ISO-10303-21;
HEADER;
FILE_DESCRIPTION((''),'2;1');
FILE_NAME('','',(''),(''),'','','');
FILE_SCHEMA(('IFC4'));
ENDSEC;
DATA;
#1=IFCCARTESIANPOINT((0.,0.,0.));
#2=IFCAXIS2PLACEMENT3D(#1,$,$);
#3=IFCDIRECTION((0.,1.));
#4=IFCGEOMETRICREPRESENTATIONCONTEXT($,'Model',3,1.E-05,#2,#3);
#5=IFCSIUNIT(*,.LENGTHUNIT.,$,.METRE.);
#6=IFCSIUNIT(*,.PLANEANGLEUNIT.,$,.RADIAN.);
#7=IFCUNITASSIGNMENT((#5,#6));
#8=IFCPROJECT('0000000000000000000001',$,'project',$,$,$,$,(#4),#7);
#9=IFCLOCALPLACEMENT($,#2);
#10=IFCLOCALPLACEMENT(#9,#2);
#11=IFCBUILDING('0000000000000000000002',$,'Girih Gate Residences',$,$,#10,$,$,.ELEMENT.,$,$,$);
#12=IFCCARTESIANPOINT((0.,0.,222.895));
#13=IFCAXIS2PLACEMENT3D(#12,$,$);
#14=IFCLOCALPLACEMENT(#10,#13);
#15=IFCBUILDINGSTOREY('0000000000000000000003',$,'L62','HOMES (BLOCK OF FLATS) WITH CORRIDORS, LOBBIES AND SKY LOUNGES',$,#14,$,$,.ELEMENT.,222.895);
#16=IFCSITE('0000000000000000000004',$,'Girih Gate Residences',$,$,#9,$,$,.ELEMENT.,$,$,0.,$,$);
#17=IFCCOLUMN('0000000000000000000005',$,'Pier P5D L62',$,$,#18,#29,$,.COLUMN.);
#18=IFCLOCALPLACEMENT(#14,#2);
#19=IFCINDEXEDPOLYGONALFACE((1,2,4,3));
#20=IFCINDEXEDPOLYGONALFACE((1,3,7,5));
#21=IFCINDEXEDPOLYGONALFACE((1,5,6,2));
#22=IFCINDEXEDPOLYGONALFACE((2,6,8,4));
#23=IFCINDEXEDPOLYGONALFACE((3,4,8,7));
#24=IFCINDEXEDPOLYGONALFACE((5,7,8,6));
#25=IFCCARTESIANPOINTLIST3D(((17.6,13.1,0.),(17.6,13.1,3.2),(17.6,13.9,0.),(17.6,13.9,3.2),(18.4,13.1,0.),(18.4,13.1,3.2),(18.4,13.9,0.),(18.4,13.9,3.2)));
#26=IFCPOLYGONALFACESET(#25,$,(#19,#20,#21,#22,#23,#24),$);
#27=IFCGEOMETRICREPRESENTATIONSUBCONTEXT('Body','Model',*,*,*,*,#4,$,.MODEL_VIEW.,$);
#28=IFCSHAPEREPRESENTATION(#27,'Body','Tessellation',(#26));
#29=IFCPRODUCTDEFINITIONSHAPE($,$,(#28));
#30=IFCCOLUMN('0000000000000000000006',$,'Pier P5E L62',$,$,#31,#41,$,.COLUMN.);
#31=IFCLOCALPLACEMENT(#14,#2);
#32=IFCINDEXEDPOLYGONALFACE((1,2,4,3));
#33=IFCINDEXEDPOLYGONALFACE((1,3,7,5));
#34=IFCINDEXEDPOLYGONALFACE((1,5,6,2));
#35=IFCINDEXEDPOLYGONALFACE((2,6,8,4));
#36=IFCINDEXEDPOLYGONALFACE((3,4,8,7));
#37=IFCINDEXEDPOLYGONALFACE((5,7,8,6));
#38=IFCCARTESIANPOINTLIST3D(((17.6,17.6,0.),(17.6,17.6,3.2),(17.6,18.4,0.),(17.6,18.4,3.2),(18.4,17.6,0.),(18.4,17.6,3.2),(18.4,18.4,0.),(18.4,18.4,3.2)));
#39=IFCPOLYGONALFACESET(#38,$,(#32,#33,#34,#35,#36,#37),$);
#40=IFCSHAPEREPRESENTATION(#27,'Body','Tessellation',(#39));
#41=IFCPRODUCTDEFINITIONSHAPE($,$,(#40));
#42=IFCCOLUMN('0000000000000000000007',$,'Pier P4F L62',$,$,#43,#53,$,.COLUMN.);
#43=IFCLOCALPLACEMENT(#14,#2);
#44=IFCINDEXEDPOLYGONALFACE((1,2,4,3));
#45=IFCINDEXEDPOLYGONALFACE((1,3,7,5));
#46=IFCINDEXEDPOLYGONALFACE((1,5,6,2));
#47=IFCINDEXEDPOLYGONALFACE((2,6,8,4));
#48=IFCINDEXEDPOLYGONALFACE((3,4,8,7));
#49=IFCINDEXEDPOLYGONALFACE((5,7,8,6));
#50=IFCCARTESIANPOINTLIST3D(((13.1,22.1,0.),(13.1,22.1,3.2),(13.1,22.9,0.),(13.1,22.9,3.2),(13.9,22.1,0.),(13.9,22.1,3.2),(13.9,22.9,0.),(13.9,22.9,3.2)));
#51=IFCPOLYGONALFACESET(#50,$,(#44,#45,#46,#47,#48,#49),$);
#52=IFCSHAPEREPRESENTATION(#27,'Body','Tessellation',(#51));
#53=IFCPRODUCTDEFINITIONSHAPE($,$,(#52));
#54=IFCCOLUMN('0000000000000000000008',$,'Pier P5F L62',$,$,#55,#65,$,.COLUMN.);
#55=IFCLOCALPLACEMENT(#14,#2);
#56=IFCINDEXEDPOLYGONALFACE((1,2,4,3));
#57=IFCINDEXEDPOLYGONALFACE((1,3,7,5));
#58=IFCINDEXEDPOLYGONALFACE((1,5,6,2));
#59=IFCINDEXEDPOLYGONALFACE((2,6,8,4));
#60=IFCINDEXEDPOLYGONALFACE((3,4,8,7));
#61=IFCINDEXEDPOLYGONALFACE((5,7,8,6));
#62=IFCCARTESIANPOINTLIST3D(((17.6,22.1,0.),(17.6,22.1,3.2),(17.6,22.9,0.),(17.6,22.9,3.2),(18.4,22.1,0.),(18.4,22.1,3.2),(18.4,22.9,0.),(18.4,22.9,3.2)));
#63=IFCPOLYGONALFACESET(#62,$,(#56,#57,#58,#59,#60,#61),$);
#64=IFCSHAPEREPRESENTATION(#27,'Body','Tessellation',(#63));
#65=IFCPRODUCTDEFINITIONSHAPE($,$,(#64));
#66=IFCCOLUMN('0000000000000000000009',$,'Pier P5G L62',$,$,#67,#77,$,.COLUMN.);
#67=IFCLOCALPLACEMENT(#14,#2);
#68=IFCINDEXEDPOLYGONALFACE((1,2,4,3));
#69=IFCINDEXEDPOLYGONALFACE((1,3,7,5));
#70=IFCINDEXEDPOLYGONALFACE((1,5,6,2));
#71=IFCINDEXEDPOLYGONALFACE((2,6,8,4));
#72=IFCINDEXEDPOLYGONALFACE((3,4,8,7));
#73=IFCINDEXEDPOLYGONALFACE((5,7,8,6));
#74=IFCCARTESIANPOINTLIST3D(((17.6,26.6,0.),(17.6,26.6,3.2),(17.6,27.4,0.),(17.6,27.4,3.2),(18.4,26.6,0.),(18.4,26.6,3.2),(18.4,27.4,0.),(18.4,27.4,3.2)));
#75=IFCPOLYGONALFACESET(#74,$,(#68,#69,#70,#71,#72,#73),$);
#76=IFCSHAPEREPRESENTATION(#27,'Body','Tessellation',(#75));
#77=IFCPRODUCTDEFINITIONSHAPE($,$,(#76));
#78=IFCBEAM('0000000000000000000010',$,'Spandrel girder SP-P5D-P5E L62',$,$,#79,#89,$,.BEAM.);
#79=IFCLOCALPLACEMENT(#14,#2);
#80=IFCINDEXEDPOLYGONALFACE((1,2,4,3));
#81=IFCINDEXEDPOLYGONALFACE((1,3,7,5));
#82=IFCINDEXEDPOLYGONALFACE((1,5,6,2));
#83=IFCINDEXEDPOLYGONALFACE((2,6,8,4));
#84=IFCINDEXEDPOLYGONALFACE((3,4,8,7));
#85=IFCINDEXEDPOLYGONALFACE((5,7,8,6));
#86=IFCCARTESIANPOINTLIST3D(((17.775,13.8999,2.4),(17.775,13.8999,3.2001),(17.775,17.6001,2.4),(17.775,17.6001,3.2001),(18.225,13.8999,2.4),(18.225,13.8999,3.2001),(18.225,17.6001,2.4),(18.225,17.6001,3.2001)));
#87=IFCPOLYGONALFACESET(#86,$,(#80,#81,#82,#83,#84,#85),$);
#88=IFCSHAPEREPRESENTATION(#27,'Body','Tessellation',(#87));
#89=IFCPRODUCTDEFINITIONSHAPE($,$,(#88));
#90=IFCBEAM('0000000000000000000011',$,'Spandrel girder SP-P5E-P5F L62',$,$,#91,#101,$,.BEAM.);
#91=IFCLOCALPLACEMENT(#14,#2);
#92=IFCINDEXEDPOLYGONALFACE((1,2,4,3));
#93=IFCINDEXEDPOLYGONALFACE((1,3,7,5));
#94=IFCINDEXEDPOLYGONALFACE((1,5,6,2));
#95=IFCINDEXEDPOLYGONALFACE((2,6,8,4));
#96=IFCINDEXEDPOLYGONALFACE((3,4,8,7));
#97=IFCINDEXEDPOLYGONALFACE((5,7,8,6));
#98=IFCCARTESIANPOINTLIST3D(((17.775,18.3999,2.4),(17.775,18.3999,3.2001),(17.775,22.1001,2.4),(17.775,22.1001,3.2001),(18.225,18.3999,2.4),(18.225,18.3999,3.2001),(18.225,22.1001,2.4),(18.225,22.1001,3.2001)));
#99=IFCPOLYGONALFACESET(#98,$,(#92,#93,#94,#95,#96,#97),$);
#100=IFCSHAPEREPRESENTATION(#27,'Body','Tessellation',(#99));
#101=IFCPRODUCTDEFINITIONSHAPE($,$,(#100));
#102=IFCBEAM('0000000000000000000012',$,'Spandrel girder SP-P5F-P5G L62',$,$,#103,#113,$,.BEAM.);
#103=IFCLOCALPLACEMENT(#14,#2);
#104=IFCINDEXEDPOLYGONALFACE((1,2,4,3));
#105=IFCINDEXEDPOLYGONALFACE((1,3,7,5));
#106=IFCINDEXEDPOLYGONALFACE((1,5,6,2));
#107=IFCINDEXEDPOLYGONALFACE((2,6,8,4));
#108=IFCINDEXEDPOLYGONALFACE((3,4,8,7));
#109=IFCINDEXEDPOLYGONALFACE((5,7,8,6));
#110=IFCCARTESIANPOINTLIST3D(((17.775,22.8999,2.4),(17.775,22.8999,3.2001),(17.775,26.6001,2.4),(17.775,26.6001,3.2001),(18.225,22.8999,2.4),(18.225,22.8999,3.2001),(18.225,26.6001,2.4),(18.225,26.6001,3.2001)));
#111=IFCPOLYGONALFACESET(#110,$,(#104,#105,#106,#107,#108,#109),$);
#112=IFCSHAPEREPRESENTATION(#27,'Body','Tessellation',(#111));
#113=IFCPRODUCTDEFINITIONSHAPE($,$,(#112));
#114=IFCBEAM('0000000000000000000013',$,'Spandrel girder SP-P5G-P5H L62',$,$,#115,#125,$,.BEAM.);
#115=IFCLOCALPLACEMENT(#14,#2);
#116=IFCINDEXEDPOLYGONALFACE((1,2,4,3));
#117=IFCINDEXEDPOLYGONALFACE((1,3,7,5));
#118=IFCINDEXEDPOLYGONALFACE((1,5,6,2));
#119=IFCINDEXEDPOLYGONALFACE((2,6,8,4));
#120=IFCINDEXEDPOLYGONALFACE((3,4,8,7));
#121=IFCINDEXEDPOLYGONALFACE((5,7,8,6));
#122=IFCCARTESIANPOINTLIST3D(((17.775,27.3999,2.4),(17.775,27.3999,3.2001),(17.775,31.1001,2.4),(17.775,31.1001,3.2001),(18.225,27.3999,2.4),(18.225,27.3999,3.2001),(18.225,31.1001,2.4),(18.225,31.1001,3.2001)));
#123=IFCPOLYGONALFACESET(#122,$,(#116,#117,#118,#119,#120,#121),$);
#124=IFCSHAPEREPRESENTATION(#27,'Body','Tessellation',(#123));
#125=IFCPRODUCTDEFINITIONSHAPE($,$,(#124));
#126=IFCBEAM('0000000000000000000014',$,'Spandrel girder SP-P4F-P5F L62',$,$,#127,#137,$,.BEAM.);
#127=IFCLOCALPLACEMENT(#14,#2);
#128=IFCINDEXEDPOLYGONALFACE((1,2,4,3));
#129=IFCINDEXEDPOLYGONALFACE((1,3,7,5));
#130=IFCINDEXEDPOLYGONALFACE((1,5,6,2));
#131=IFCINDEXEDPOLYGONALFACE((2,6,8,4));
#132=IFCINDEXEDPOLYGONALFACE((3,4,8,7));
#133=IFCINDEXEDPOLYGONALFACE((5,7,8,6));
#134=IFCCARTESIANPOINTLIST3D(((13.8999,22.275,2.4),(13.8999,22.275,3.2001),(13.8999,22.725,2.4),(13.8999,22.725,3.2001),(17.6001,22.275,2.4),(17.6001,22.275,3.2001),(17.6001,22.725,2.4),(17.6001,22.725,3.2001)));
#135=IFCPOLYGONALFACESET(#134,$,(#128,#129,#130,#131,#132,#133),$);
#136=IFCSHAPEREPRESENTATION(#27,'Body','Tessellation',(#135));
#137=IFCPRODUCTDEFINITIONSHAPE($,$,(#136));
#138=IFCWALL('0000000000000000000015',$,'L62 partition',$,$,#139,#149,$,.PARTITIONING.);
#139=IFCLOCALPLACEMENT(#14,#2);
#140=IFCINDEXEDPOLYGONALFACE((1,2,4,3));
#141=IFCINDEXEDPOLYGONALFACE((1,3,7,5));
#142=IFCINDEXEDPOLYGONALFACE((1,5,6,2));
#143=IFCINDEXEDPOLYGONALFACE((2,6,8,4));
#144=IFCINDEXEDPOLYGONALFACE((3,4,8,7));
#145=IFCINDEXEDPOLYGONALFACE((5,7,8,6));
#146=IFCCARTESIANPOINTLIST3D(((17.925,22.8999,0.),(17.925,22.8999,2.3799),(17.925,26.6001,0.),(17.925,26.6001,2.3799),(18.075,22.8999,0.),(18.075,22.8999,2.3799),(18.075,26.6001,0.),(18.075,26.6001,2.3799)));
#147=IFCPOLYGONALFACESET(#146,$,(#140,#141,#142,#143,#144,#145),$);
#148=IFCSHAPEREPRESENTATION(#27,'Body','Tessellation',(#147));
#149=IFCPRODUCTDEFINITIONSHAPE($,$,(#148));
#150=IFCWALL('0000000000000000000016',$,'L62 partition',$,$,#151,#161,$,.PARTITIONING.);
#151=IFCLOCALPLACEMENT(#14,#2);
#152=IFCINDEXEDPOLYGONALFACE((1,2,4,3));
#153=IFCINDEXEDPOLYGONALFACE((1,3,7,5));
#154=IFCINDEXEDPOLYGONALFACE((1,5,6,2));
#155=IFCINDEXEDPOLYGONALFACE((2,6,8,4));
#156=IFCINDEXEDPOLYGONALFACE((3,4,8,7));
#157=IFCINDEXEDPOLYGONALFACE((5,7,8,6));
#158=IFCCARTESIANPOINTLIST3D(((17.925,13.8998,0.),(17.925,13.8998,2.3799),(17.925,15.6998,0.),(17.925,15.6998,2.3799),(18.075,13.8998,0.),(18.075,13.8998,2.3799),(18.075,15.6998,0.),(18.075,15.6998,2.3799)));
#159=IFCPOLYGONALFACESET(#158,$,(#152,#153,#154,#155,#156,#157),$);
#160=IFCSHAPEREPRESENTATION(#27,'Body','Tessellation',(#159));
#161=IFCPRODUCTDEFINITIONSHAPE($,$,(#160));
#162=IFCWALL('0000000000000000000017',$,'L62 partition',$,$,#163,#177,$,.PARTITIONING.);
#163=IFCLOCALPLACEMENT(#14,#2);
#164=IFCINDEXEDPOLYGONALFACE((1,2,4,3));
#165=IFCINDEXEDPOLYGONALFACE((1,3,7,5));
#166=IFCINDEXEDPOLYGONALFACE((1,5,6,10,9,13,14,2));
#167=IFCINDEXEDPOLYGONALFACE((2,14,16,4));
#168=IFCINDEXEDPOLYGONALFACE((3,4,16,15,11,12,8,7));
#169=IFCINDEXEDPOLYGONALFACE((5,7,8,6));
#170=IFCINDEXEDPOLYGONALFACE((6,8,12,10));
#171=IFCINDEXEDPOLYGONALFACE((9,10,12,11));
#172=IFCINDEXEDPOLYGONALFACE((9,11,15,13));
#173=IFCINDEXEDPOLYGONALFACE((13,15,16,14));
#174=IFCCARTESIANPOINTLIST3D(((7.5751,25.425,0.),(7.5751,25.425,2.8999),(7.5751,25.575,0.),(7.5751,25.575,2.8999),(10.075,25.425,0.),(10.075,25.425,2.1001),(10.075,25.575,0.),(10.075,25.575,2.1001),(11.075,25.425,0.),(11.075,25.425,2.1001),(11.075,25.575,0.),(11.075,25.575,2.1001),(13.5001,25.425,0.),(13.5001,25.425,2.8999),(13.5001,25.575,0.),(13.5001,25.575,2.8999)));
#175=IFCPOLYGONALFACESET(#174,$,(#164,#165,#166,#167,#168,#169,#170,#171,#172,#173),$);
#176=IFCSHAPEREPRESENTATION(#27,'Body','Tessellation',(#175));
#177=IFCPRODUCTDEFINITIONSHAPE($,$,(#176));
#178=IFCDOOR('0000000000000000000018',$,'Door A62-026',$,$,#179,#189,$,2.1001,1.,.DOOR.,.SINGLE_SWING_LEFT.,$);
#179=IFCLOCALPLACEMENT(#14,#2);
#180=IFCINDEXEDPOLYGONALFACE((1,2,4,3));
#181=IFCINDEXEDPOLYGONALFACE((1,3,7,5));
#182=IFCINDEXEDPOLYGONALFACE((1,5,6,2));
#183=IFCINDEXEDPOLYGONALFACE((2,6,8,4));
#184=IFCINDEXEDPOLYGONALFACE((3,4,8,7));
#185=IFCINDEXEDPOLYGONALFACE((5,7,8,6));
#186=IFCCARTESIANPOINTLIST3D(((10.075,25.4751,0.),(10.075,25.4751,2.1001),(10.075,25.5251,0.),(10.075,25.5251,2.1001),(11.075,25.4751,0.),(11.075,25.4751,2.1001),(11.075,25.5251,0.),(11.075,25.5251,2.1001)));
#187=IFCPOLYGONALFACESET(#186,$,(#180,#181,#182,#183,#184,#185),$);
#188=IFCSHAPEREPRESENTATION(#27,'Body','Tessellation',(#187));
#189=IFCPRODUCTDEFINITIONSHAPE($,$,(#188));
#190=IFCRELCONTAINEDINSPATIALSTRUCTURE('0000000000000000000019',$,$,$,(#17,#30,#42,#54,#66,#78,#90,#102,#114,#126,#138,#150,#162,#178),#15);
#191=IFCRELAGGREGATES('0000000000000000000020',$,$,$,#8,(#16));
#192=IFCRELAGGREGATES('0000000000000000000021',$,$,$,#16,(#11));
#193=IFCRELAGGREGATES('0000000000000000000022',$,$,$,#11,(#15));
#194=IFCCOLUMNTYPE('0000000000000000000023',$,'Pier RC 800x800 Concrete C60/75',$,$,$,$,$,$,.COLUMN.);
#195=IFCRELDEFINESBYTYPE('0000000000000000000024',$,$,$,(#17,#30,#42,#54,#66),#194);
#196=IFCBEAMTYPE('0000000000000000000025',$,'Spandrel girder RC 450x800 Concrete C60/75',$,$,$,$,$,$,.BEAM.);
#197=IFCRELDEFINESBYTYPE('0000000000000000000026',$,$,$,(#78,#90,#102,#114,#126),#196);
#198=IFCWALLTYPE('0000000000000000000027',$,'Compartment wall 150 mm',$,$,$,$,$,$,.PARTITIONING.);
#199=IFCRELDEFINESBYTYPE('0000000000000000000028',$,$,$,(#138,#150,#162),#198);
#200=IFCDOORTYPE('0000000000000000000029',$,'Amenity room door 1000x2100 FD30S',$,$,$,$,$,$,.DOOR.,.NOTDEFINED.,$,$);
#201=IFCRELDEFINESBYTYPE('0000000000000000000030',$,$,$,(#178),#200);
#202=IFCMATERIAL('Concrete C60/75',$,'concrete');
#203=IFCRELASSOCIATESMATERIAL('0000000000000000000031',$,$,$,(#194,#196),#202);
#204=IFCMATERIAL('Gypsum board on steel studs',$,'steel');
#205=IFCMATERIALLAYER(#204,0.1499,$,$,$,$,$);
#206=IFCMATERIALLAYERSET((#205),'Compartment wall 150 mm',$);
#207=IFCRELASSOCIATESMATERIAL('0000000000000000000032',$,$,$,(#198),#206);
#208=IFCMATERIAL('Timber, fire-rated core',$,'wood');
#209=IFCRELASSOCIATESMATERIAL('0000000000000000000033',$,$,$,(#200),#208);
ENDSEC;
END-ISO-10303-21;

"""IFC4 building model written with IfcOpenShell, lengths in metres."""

from ifc_helpers import new_model, si_unit, direction, frame, frame_2d, origin, origin_2d, place, context, subcontext, project, spatial, rectangle, extrude, material, layer, layer_set, material_profile, profile_set, type_object, element, fill, save


model = new_model("IFC4")

# Units and contexts
model_context = context("Model", 3, precision=1e-05, world=origin(), true_north=direction((0.0, 1.0)))
body_context = subcontext(model_context, "Body", "Model", "MODEL_VIEW")
ifc_project = project(units=[si_unit("LENGTHUNIT", "METRE"), si_unit("PLANEANGLEUNIT", "RADIAN")], contexts=[model_context])

# Site, building, storey
site_placement = place(None, origin())
site = spatial("IfcSite", under=ifc_project, at=site_placement, Name="Girih Gate Residences", CompositionType="ELEMENT", RefElevation=0.0)
building_placement = place(site_placement, origin())
building = spatial("IfcBuilding", under=site, at=building_placement, Name="Girih Gate Residences", CompositionType="ELEMENT")
storey_placement = place(building_placement, frame((0.0, 0.0, 222.895)))
storey = spatial("IfcBuildingStorey", under=building, at=storey_placement, Name="L62", Description="HOMES (BLOCK OF FLATS) WITH CORRIDORS, LOBBIES AND SKY LOUNGES", CompositionType="ELEMENT", Elevation=222.895)

# Columns
ifc_material_1 = material(Name="Concrete C60/75", Category="concrete")
ifc_material_profile_1 = material_profile(ifc_material_1, rectangle(XDim=0.8, YDim=0.8, at=origin_2d()))
ifc_profile_set_1 = profile_set([ifc_material_profile_1], Name="Concrete C60/75")
column_type = type_object("IfcColumnType", Name="Pier RC 800x800 Concrete C60/75", PredefinedType="COLUMN", material=ifc_profile_set_1)
for number, where, z_axis, x_axis, name in (
    (1, (18.0, 13.5, 0.0), (0.0, 0.0, 1.0), (1.0, 0.0, 0.0), "Pier P5D L62"),
    (2, (18.0, 18.0, 0.0), (0.0, 0.0, 1.0), (1.0, 0.0, 0.0), "Pier P5E L62"),
    (3, (13.5, 22.5, 0.0), (0.0, 0.0, 1.0), (1.0, 0.0, 0.0), "Pier P4F L62"),
    (4, (18.0, 22.5, 0.0), (0.0, 0.0, 1.0), (1.0, 0.0, 0.0), "Pier P5F L62"),
    (5, (18.0, 27.0, 0.0), (0.0, 0.0, 1.0), (1.0, 0.0, 0.0), "Pier P5G L62"),
):
    element("IfcColumn", number, at=place(storey_placement, frame(where, z_axis=z_axis, x_axis=x_axis)), inside=storey, type_object=column_type, Name=name, PredefinedType="COLUMN", context=body_context, shape_type="SweptSolid", body=[
        extrude(rectangle(XDim=0.8, YDim=0.8, at=origin_2d()), origin(), (0.0, 0.0, 1.0), 3.2),
    ])

# Beams
ifc_material_profile_2 = material_profile(ifc_material_1, rectangle(XDim=0.45, YDim=0.8, at=origin_2d()))
ifc_profile_set_2 = profile_set([ifc_material_profile_2], Name="Concrete C60/75")
beam_type = type_object("IfcBeamType", Name="Spandrel girder RC 450x800 Concrete C60/75", PredefinedType="BEAM", material=ifc_profile_set_2)
for number, where, z_axis, x_axis, name in (
    (6, (18.0, 13.8999, 2.8), (0.0, 1.0, 0.0), (-1.0, 0.0, 0.0), "Spandrel girder SP-P5D-P5E L62"),
    (7, (18.0, 18.3999, 2.8), (0.0, 1.0, 0.0), (-1.0, 0.0, 0.0), "Spandrel girder SP-P5E-P5F L62"),
    (8, (18.0, 22.8999, 2.8), (0.0, 1.0, 0.0), (-1.0, 0.0, 0.0), "Spandrel girder SP-P5F-P5G L62"),
    (9, (18.0, 27.3999, 2.8), (0.0, 1.0, 0.0), (-1.0, 0.0, 0.0), "Spandrel girder SP-P5G-P5H L62"),
    (10, (13.8999, 22.5, 2.8), (1.0, 0.0, 0.0), (0.0, 1.0, 0.0), "Spandrel girder SP-P4F-P5F L62"),
):
    element("IfcBeam", number, at=place(storey_placement, frame(where, z_axis=z_axis, x_axis=x_axis)), inside=storey, type_object=beam_type, Name=name, PredefinedType="BEAM", context=body_context, shape_type="SweptSolid", body=[
        extrude(rectangle(XDim=0.45, YDim=0.8, at=origin_2d()), origin(), (0.0, 0.0, 1.0), 3.7002),
    ])

# Walls
ifc_material_2 = material(Name="Gypsum board on steel studs", Category="steel")
ifc_layer_1 = layer(ifc_material_2, 0.1499)
ifc_layer_set_1 = layer_set([ifc_layer_1], Name="Compartment wall 150 mm")
wall_type_1 = type_object("IfcWallType", Name="Compartment wall 150 mm", PredefinedType="PARTITIONING", material=ifc_layer_set_1)
wall_1_placement = place(storey_placement, frame((18.0, 22.8999, 0.0), z_axis=(0.0, 0.0, 1.0), x_axis=(0.0, 1.0, 0.0)))
element("IfcWall", 11, at=wall_1_placement, inside=storey, type_object=wall_type_1, Name="L62 partition", PredefinedType="PARTITIONING", context=body_context, shape_type="SweptSolid", body=[
    extrude(rectangle(XDim=3.7002, YDim=0.1499, at=frame_2d((1.8501, 0.0))), origin(), (0.0, 0.0, 1.0), 2.3799),
])
wall_2_placement = place(storey_placement, frame((18.0, 13.8999, 0.0), z_axis=(0.0, 0.0, 1.0), x_axis=(0.0, 1.0, 0.0)))
element("IfcWall", 12, at=wall_2_placement, inside=storey, type_object=wall_type_1, Name="L62 partition", PredefinedType="PARTITIONING", context=body_context, shape_type="SweptSolid", body=[
    extrude(rectangle(XDim=1.8, YDim=0.1499, at=frame_2d((0.8999, 0.0))), origin(), (0.0, 0.0, 1.0), 2.3799),
])

# Wall, opening, door
wall_3_placement = place(storey_placement, frame((13.5, 25.5, 0.0), z_axis=(0.0, 0.0, 1.0), x_axis=(-1.0, 0.0, 0.0)))
wall_3 = element("IfcWall", 13, at=wall_3_placement, inside=storey, type_object=wall_type_1, Name="L62 partition", PredefinedType="PARTITIONING", context=body_context, shape_type="SweptSolid", body=[
    extrude(rectangle(XDim=5.925, YDim=0.1499, at=frame_2d((2.9624, 0.0))), origin(), (0.0, 0.0, 1.0), 2.8999),
])
opening_1_placement = place(wall_3_placement, frame((2.425, 0.0, 0.0)))
opening_1 = element("IfcOpeningElement", 14, at=opening_1_placement, cuts=wall_3, PredefinedType="OPENING", context=body_context, shape_type="SweptSolid", body=[
    extrude(rectangle(XDim=1.0, YDim=2.1001, at=frame_2d((0.5, 1.05))), frame((0.0, 0.085, 0.0), z_axis=(0.0, -1.0, 0.0), x_axis=(1.0, 0.0, 0.0)), (0.0, 0.0, 1.0), 0.1699),
])
ifc_material_3 = material(Name="Timber, fire-rated core", Category="wood")
door_type = type_object("IfcDoorType", Name="Amenity room door 1000x2100 FD30S", OperationType="NOTDEFINED", PredefinedType="DOOR", material=ifc_material_3)
door_1_placement = place(opening_1_placement, origin())
door_1 = element("IfcDoor", 15, at=door_1_placement, inside=storey, type_object=door_type, Name="Door A62-026", OperationType="SINGLE_SWING_LEFT", OverallHeight=2.1001, OverallWidth=1.0, PredefinedType="DOOR", context=body_context, shape_type="SweptSolid", body=[
    extrude(rectangle(XDim=1.0, YDim=2.1001, at=frame_2d((0.5, 1.05))), frame((0.0, 0.0249, 0.0), z_axis=(0.0, -1.0, 0.0), x_axis=(1.0, 0.0, 0.0)), (0.0, 0.0, 1.0), 0.05),
])
fill(opening_1, door_1)

save(model, "model.ifc")
